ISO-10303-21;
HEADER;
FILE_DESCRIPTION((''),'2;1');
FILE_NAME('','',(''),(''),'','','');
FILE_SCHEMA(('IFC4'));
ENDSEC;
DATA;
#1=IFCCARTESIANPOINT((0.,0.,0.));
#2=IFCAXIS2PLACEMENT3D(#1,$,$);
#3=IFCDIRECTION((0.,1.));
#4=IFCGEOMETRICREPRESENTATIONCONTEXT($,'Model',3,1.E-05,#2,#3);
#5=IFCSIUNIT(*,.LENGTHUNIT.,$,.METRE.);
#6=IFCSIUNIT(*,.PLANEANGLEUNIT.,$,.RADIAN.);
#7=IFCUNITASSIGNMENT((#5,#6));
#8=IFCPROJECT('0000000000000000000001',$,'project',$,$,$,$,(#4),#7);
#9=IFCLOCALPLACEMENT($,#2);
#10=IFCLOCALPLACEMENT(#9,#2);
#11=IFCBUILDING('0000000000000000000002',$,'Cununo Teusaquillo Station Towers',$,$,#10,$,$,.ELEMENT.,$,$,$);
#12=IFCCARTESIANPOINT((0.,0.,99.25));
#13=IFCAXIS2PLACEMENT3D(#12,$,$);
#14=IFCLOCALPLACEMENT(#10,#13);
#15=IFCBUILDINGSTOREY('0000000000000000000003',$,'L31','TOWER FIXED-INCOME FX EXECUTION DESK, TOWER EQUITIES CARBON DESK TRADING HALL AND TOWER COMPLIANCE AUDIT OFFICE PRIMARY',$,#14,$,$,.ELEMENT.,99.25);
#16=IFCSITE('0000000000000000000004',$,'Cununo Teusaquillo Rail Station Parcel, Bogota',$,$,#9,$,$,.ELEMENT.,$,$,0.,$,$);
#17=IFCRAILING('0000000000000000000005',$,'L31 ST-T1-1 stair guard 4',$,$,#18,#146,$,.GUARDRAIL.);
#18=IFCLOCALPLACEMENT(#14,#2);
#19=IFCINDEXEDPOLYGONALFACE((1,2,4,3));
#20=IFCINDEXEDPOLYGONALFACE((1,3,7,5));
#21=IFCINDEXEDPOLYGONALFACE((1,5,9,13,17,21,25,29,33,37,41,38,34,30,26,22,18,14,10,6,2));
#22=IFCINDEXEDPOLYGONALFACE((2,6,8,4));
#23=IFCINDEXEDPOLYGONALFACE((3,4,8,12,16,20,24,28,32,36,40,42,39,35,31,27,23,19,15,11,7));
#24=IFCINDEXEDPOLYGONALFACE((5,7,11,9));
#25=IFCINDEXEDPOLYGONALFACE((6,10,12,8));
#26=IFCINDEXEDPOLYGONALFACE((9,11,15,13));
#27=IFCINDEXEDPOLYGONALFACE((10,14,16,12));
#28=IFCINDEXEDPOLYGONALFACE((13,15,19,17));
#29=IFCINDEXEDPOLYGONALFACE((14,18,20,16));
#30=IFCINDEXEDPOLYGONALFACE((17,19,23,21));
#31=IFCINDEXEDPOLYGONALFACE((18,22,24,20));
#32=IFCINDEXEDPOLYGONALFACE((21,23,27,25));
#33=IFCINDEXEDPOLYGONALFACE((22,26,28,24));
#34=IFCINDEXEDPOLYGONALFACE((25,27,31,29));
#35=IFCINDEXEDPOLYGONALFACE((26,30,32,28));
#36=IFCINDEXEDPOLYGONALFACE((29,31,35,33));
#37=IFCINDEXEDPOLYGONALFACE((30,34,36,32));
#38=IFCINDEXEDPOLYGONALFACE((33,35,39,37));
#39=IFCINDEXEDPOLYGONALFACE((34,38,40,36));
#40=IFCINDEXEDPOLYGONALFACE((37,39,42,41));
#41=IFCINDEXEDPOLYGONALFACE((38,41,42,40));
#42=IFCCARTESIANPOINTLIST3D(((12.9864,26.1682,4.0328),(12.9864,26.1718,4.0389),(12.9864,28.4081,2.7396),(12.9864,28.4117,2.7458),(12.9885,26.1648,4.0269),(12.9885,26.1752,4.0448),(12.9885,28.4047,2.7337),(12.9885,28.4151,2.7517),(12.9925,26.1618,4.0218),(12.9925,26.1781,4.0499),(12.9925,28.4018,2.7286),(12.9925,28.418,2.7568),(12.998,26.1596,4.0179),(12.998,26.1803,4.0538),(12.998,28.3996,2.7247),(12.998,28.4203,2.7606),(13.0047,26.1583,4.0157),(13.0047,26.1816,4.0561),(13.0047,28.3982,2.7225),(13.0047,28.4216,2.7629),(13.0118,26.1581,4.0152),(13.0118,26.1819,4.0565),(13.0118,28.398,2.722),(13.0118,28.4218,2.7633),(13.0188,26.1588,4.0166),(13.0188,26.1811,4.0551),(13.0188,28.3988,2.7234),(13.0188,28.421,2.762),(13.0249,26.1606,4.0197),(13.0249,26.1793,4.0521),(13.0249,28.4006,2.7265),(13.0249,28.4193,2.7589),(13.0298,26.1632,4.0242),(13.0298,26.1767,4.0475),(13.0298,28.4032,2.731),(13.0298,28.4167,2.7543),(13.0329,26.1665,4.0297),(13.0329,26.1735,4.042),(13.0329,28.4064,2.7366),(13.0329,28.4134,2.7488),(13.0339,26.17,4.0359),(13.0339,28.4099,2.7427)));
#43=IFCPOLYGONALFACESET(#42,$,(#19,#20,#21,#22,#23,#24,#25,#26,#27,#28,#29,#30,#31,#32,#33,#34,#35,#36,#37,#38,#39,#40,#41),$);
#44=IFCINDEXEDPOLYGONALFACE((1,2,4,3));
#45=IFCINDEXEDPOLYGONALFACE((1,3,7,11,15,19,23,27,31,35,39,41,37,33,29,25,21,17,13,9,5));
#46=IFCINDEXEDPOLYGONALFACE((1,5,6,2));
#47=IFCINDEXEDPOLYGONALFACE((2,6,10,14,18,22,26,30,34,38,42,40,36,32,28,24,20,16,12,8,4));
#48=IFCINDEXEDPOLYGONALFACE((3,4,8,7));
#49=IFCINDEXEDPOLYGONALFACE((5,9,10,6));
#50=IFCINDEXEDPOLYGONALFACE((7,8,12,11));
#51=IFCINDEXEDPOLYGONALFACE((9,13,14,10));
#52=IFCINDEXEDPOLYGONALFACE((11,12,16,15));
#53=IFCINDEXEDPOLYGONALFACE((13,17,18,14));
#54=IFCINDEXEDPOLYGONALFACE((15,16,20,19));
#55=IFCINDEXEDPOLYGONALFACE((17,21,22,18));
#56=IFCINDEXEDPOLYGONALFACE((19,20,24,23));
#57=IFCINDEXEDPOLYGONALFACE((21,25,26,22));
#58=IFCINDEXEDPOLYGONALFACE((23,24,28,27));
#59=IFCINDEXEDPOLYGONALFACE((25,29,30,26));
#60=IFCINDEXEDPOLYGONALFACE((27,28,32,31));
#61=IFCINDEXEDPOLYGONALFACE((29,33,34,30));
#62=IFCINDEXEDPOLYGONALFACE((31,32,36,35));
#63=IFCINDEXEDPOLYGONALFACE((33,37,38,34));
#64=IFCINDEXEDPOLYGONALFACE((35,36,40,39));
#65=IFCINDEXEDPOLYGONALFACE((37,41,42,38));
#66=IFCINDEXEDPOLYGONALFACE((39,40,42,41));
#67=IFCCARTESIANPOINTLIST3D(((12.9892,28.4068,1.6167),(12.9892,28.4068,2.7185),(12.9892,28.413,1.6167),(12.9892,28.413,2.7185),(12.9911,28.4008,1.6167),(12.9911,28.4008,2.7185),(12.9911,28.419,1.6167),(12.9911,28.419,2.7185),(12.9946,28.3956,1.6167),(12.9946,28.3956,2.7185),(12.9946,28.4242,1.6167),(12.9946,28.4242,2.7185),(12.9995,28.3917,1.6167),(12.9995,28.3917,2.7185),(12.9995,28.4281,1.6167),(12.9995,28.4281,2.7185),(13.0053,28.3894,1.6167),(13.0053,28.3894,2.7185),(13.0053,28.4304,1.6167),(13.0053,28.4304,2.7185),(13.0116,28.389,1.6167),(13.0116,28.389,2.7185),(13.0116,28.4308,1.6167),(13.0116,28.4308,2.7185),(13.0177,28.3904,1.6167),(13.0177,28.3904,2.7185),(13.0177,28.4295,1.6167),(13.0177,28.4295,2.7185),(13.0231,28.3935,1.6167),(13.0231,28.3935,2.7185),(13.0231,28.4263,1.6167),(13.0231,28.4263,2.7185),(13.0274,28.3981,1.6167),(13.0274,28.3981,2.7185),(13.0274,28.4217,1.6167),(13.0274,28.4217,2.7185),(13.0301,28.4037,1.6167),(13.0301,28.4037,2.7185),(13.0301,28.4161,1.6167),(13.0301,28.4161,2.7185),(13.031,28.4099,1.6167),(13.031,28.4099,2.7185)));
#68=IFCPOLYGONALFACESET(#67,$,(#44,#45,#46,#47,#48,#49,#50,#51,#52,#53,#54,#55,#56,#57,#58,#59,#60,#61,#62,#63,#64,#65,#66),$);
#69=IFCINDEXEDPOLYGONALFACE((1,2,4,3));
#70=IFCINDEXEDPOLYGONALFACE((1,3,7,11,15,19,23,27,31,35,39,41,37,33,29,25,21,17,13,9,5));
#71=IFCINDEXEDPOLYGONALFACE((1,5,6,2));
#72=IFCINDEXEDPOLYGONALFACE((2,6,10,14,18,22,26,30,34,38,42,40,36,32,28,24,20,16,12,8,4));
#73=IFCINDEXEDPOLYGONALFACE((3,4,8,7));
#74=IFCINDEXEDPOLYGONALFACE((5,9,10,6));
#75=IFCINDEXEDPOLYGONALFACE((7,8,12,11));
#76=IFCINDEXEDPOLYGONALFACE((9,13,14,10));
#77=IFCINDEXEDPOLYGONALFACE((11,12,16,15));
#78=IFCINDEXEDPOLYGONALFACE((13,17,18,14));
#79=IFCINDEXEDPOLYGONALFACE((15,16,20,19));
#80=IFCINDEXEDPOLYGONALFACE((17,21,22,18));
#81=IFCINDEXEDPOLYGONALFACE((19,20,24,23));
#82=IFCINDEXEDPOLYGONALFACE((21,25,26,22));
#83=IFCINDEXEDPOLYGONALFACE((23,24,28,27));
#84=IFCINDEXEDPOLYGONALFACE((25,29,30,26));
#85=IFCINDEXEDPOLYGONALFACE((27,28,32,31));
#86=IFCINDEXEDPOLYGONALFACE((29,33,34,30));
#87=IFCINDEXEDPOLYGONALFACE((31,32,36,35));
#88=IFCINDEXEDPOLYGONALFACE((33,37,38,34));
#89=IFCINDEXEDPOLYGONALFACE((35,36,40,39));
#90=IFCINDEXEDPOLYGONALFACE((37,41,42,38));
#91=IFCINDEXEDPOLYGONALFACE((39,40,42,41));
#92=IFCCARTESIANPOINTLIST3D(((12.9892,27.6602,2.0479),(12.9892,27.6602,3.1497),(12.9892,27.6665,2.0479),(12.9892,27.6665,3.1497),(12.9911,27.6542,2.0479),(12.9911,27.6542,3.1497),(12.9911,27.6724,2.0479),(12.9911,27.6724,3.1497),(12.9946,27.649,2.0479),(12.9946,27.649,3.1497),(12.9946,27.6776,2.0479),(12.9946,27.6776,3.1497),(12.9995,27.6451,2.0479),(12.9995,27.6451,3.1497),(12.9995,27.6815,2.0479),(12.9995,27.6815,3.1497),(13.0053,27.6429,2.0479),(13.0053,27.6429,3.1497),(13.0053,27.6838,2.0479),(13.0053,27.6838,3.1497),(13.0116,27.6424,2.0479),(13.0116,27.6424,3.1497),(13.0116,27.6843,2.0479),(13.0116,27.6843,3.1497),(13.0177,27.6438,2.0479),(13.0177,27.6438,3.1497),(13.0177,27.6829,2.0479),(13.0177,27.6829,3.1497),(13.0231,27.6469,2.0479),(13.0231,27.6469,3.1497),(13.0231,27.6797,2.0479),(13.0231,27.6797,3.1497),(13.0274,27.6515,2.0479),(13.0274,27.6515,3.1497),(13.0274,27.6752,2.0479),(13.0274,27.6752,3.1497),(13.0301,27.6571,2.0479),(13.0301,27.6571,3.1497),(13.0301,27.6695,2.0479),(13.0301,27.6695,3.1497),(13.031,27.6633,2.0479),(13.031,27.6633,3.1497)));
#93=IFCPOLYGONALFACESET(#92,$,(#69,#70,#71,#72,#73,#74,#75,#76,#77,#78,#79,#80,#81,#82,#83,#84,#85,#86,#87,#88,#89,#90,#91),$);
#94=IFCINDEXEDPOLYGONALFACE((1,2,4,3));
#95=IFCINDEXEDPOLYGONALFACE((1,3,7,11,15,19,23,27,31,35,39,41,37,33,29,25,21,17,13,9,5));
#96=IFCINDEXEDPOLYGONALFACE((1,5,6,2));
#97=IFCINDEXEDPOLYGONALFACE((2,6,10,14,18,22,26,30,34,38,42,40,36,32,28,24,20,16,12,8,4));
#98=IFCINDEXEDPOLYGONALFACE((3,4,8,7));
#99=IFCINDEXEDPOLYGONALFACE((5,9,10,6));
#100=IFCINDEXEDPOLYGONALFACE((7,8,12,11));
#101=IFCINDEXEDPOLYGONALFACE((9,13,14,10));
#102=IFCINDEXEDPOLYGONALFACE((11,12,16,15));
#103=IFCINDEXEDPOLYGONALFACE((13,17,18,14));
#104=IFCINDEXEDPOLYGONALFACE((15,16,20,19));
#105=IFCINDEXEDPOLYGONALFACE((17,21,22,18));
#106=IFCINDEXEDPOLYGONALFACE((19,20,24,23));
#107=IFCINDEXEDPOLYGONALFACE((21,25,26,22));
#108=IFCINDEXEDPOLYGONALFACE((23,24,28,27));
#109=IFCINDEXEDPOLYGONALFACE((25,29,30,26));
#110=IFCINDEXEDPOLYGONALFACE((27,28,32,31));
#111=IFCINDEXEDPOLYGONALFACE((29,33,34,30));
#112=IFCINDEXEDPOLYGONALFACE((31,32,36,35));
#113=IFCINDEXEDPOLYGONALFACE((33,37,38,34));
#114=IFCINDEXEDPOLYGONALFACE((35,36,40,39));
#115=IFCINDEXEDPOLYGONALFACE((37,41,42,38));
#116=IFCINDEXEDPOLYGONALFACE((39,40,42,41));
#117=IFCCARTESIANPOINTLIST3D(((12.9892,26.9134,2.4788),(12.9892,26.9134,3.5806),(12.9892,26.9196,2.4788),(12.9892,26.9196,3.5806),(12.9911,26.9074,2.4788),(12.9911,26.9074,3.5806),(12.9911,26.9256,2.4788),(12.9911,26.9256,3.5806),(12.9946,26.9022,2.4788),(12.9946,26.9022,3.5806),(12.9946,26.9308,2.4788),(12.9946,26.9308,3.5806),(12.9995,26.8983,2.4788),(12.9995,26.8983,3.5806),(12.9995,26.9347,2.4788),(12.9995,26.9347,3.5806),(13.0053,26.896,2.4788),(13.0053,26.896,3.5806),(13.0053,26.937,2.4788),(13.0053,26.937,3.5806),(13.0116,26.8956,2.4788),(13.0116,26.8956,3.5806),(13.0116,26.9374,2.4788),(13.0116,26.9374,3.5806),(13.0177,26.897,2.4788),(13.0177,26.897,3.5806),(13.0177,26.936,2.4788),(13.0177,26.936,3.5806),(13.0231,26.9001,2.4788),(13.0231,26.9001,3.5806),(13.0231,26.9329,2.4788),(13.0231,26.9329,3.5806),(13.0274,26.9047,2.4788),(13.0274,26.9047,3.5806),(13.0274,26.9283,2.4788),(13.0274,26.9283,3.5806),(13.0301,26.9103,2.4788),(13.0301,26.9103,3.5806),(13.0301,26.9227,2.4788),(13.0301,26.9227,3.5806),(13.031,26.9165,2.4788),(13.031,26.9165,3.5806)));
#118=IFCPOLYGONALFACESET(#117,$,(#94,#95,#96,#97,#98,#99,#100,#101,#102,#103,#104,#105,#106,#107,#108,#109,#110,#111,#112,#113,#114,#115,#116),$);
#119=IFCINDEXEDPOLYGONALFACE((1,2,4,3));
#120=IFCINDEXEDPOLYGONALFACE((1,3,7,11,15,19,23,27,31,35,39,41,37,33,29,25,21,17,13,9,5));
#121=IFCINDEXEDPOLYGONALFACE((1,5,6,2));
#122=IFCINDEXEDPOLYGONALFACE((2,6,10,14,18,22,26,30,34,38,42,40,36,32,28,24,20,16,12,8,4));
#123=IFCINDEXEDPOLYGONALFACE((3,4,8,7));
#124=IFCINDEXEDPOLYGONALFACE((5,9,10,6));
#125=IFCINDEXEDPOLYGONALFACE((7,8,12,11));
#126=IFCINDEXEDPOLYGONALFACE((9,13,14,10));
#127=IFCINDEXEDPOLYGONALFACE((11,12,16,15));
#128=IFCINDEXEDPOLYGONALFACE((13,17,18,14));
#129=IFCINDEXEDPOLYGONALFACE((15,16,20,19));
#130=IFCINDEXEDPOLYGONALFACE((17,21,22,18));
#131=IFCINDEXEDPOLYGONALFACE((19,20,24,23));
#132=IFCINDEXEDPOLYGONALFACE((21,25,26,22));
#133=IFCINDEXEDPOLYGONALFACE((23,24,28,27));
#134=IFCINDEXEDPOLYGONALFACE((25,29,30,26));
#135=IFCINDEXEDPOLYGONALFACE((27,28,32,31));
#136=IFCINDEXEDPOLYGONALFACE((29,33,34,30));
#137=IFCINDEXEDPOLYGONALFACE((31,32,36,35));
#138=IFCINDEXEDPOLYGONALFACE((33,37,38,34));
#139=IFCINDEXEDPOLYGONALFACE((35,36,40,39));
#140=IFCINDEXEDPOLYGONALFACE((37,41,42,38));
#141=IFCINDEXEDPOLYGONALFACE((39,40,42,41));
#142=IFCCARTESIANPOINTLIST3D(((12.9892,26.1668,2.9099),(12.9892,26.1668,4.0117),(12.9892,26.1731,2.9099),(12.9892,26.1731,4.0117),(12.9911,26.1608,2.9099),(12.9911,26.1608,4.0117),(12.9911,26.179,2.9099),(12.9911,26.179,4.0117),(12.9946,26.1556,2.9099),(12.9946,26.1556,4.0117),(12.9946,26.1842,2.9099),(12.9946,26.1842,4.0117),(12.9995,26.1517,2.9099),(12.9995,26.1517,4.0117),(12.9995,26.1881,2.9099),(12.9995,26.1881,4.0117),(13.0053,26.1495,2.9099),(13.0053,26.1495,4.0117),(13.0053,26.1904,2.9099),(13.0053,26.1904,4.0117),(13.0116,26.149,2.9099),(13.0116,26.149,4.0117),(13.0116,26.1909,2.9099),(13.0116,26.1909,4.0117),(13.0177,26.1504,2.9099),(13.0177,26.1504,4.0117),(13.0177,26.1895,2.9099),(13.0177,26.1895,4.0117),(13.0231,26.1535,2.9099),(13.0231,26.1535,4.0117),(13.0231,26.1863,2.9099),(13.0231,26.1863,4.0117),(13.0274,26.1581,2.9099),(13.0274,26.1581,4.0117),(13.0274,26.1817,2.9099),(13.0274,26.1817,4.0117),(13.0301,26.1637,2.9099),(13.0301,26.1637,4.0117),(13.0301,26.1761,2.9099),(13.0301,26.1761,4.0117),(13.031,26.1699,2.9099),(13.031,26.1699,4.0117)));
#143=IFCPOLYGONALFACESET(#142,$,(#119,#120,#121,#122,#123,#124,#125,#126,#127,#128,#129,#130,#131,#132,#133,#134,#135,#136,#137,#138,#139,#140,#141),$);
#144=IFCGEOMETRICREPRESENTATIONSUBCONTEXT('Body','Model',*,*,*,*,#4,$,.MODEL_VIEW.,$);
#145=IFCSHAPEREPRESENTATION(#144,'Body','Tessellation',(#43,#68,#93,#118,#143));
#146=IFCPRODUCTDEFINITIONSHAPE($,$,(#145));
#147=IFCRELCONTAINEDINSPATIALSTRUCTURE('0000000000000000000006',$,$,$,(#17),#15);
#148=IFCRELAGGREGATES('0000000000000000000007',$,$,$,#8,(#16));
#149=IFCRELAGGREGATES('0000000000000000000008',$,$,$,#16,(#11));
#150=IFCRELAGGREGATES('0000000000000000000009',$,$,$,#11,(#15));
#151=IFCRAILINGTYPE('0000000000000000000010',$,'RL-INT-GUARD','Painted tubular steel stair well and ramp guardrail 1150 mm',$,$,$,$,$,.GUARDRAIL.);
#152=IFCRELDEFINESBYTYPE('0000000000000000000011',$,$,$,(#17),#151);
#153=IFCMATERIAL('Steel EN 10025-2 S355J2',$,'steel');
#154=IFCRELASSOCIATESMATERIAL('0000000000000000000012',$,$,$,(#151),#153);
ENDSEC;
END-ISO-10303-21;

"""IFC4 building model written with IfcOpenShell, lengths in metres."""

from ifc_helpers import new_model, si_unit, direction, frame, origin, origin_2d, place, context, subcontext, project, spatial, circle, extrude, material, type_object, element, save


model = new_model("IFC4")

# Units and contexts
model_context = context("Model", 3, precision=1e-05, world=origin(), true_north=direction((0.0, 1.0)))
body_context = subcontext(model_context, "Body", "Model", "MODEL_VIEW")
ifc_project = project(units=[si_unit("LENGTHUNIT", "METRE"), si_unit("PLANEANGLEUNIT", "RADIAN")], contexts=[model_context])

# Site, building, storey
site_placement = place(None, origin())
site = spatial("IfcSite", under=ifc_project, at=site_placement, Name="Cununo Teusaquillo Rail Station Parcel, Bogota", CompositionType="ELEMENT", RefElevation=0.0)
building_placement = place(site_placement, origin())
building = spatial("IfcBuilding", under=site, at=building_placement, Name="Cununo Teusaquillo Station Towers", CompositionType="ELEMENT")
storey_placement = place(building_placement, frame((0.0, 0.0, 99.25)))
storey = spatial("IfcBuildingStorey", under=building, at=storey_placement, Name="L31", Description="TOWER FIXED-INCOME FX EXECUTION DESK, TOWER EQUITIES CARBON DESK TRADING HALL AND TOWER COMPLIANCE AUDIT OFFICE PRIMARY", CompositionType="ELEMENT", Elevation=99.25)

# Railing
ifc_material_1 = material(Name="Steel EN 10025-2 S355J2", Category="steel")
railing_type_1 = type_object("IfcRailingType", Name="RL-INT-GUARD", Description="Painted tubular steel stair well and ramp guardrail 1150 mm", PredefinedType="GUARDRAIL", material=ifc_material_1)
railing_1_placement = place(storey_placement, frame((13.01, 28.4099, 1.6167)))
element("IfcRailing", 1, at=railing_1_placement, inside=storey, type_object=railing_type_1, Name="L31 ST-T1-1 stair guard 4", PredefinedType="GUARDRAIL", context=body_context, shape_type="SweptSolid", body=[
    extrude(circle(Radius=0.0239, at=origin_2d()), frame((0.0, 0.0, 1.126), z_axis=(0.0, -0.866033, 0.499987), x_axis=(1.0, 0.0, 0.0)), (0.0, 0.0, 1.0), 2.5864),
    extrude(circle(Radius=0.021, at=origin_2d()), origin(), (0.0, 0.0, 1.0), 1.1018),
    extrude(circle(Radius=0.021, at=origin_2d()), frame((0.0, -0.7466, 0.4312)), (0.0, 0.0, 1.0), 1.1018),
    extrude(circle(Radius=0.021, at=origin_2d()), frame((0.0, -1.4934, 0.8621)), (0.0, 0.0, 1.0), 1.1018),
    extrude(circle(Radius=0.021, at=origin_2d()), frame((0.0, -2.24, 1.2932)), (0.0, 0.0, 1.0), 1.1018),
])

save(model, "model.ifc")
